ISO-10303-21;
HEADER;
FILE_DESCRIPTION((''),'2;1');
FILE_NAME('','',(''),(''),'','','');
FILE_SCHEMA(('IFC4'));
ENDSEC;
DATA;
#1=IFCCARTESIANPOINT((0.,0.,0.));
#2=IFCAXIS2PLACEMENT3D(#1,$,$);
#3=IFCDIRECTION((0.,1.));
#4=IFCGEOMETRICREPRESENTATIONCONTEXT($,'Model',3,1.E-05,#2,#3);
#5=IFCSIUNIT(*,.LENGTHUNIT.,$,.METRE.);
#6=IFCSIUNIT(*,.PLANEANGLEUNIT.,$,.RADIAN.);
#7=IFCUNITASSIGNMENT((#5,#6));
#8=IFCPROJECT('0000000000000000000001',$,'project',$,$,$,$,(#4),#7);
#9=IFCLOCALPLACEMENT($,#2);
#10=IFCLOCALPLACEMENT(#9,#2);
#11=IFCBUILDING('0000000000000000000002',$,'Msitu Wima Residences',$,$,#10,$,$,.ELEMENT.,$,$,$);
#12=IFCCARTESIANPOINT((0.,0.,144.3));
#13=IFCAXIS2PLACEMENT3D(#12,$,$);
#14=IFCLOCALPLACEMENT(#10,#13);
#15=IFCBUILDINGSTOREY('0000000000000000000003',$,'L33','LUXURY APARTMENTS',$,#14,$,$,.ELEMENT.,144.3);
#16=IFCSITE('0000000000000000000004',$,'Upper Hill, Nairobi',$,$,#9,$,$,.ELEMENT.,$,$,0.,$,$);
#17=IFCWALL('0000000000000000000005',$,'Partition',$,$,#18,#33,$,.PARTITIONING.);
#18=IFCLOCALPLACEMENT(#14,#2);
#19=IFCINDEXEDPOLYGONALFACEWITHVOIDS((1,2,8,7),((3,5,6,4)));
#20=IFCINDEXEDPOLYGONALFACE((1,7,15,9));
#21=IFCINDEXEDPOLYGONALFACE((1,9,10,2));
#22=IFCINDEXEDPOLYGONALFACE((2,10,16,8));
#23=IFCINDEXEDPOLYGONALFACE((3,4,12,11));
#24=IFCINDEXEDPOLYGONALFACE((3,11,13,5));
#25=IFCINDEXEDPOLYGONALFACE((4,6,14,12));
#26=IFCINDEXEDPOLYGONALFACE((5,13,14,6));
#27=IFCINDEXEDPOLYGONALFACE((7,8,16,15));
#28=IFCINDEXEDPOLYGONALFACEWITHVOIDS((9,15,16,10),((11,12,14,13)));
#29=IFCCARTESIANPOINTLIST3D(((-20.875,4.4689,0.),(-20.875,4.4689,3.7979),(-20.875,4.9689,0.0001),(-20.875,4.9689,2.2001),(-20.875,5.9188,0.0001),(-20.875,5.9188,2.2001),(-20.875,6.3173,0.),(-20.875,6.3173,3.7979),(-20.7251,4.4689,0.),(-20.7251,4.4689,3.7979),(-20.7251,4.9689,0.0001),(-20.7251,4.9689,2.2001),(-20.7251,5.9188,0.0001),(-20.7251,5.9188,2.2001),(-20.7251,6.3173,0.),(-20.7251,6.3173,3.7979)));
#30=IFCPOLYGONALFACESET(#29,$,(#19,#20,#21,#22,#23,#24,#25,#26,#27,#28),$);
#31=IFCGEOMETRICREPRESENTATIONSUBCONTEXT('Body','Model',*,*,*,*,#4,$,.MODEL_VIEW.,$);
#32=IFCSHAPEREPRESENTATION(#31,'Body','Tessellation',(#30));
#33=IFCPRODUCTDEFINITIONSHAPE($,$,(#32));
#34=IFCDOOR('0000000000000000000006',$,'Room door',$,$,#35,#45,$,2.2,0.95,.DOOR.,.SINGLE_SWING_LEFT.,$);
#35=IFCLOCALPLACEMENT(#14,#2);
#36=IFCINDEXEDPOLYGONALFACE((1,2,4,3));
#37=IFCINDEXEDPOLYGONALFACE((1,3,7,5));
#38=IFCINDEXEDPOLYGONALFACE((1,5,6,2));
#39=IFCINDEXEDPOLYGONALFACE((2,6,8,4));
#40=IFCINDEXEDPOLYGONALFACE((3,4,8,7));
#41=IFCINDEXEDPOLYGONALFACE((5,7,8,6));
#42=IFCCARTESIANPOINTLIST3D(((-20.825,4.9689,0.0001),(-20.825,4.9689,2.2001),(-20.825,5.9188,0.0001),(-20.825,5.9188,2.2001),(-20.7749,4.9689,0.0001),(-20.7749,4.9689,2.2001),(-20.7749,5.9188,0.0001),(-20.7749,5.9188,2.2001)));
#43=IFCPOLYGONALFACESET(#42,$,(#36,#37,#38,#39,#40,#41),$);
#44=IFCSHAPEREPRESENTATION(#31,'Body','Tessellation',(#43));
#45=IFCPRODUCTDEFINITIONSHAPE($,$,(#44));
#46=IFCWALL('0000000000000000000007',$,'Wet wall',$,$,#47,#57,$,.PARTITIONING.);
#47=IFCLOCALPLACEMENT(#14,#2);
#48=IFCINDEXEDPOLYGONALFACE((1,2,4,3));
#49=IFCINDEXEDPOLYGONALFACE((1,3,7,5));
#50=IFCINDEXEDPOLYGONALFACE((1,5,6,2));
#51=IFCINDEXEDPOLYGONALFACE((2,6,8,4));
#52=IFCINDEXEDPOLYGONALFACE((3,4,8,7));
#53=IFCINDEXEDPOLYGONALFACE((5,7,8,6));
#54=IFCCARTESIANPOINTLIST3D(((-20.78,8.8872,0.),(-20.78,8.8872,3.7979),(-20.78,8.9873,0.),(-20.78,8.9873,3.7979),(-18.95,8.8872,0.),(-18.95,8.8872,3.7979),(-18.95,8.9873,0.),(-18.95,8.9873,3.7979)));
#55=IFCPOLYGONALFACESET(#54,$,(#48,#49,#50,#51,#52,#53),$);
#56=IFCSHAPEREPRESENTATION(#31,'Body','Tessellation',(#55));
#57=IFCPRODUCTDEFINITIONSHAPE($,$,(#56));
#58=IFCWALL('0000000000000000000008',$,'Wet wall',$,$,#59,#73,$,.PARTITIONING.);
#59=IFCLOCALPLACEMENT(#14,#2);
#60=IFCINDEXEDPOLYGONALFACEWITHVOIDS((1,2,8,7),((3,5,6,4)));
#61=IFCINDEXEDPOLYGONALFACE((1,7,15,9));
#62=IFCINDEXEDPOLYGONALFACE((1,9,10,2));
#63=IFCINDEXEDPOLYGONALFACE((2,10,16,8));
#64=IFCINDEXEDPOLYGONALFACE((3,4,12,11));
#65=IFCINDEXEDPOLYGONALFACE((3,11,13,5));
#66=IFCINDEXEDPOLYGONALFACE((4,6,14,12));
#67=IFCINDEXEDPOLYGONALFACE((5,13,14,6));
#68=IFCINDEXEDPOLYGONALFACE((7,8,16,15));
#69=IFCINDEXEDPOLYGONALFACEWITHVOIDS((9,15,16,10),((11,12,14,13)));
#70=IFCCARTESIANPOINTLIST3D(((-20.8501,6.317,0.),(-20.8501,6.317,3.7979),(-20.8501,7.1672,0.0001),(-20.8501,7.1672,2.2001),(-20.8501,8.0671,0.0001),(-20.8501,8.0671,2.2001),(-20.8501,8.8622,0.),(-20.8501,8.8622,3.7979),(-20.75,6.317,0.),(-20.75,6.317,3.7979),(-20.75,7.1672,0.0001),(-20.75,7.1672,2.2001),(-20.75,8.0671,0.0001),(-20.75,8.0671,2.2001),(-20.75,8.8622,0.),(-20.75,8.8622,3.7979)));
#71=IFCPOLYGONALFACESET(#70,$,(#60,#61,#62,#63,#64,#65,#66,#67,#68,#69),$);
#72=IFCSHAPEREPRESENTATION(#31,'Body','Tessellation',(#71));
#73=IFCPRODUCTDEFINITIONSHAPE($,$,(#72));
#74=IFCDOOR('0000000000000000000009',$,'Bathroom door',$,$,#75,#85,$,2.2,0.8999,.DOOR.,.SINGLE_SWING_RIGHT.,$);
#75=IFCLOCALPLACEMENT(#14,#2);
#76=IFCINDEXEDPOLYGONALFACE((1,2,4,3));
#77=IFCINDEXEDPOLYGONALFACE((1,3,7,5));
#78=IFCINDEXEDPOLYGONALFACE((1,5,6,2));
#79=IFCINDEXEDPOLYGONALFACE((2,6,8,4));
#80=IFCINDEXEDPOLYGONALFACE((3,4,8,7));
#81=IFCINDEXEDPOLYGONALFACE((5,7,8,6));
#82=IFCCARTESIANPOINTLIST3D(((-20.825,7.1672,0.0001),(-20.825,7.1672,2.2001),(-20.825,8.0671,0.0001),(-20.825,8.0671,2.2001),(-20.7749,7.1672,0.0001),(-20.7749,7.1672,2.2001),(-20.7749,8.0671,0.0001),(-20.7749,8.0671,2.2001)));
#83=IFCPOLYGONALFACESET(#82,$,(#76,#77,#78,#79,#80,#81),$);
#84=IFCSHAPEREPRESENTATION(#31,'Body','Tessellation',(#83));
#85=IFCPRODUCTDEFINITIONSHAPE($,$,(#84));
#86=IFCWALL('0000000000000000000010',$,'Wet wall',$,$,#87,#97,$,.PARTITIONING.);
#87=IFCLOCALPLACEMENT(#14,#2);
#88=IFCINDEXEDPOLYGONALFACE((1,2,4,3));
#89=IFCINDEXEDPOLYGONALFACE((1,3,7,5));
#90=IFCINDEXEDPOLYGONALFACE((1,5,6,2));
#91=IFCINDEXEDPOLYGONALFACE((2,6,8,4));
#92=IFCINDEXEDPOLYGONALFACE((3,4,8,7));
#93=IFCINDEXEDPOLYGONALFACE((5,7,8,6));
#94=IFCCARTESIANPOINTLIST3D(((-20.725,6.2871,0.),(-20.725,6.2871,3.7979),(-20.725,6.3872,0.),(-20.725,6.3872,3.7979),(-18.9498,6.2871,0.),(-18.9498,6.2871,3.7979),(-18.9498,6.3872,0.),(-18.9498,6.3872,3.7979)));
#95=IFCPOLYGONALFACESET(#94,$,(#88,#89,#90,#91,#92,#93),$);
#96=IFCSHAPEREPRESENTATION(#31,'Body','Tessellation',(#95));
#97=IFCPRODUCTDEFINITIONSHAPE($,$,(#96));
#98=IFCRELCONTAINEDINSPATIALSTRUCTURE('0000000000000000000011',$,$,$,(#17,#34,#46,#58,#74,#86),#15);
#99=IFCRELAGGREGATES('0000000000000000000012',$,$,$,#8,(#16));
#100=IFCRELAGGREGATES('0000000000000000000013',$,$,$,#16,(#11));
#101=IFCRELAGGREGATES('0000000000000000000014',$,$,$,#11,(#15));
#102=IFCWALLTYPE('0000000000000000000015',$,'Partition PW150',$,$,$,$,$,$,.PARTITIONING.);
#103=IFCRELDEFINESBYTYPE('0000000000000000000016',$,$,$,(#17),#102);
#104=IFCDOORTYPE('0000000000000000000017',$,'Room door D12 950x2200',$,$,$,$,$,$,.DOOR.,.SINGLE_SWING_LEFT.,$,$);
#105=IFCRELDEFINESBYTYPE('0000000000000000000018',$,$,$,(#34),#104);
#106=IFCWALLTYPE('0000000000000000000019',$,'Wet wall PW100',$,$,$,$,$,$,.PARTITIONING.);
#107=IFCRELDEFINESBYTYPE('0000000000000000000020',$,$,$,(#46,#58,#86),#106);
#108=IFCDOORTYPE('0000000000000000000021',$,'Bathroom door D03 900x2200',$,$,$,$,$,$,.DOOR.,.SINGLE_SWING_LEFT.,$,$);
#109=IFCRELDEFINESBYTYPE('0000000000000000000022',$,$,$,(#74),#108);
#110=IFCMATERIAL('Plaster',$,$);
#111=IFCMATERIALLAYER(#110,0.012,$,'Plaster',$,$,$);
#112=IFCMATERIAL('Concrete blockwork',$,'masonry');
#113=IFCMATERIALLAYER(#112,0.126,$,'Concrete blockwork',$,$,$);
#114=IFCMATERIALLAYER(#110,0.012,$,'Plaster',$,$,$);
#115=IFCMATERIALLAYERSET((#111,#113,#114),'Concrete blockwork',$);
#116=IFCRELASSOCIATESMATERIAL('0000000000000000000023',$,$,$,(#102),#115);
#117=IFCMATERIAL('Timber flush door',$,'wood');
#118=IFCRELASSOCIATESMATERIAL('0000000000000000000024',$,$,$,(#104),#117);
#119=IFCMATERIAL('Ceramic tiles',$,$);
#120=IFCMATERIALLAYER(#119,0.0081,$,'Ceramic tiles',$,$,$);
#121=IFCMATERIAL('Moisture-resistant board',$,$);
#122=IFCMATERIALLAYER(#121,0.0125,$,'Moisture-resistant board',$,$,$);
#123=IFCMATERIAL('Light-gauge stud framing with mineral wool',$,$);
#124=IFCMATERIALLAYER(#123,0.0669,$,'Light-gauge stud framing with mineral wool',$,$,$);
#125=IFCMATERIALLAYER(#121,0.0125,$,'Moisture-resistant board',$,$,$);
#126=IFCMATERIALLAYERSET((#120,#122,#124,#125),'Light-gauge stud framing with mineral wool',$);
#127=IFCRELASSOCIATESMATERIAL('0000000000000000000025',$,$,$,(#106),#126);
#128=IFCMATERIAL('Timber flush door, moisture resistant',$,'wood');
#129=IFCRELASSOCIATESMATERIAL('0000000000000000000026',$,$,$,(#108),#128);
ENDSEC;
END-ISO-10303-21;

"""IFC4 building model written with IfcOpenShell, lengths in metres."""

from ifc_helpers import new_model, si_unit, direction, frame, frame_2d, origin, place, context, subcontext, project, spatial, rectangle, extrude, material, layer, layer_set, type_object, element, fill, save


model = new_model("IFC4")

# Units and contexts
model_context = context("Model", 3, precision=1e-05, world=origin(), true_north=direction((0.0, 1.0)))
body_context = subcontext(model_context, "Body", "Model", "MODEL_VIEW")
ifc_project = project(units=[si_unit("LENGTHUNIT", "METRE"), si_unit("PLANEANGLEUNIT", "RADIAN")], contexts=[model_context])

# Site, building, storey
site_placement = place(None, origin())
site = spatial("IfcSite", under=ifc_project, at=site_placement, Name="Upper Hill, Nairobi", CompositionType="ELEMENT", RefElevation=0.0)
building_placement = place(site_placement, origin())
building = spatial("IfcBuilding", under=site, at=building_placement, Name="Msitu Wima Residences", CompositionType="ELEMENT")
storey_placement = place(building_placement, frame((0.0, 0.0, 144.3)))
storey = spatial("IfcBuildingStorey", under=building, at=storey_placement, Name="L33", Description="LUXURY APARTMENTS", CompositionType="ELEMENT", Elevation=144.3)

# Shared definitions
ifc_material_1 = material(Name="Plaster")
ifc_layer_1 = layer(ifc_material_1, 0.012, Name="Plaster")
ifc_material_2 = material(Name="Concrete blockwork", Category="masonry")
ifc_layer_2 = layer(ifc_material_2, 0.126, Name="Concrete blockwork")
ifc_layer_3 = layer(ifc_material_1, 0.012, Name="Plaster")
ifc_layer_set_1 = layer_set([ifc_layer_1, ifc_layer_2, ifc_layer_3], Name="Concrete blockwork")
wall_type_1 = type_object("IfcWallType", Name="Partition PW150", PredefinedType="PARTITIONING", material=ifc_layer_set_1)

# Shared definitions
ifc_material_3 = material(Name="Timber flush door", Category="wood")
door_type_1 = type_object("IfcDoorType", Name="Room door D12 950x2200", OperationType="SINGLE_SWING_LEFT", PredefinedType="DOOR", material=ifc_material_3)

# Wall, opening, door
wall_1_placement = place(storey_placement, frame((-20.8, 4.4688, 0.0), z_axis=(0.0, 0.0, 1.0), x_axis=(0.0, 1.0, 0.0)))
wall_1 = element("IfcWall", 1, at=wall_1_placement, inside=storey, type_object=wall_type_1, Name="Partition", PredefinedType="PARTITIONING", context=body_context, shape_type="SweptSolid", body=[
    extrude(rectangle(XDim=1.8484, YDim=0.1499, at=frame_2d((0.9243, 0.0))), origin(), (0.0, 0.0, 1.0), 3.7979),
])
opening_1_placement = place(wall_1_placement, frame((0.5, 0.0, 0.0)))
opening_1 = element("IfcOpeningElement", 2, at=opening_1_placement, cuts=wall_1, PredefinedType="OPENING", context=body_context, shape_type="SweptSolid", body=[
    extrude(rectangle(XDim=0.95, YDim=2.2, at=frame_2d((0.4751, 1.1001))), frame((0.0, 0.085, 0.0), z_axis=(0.0, -1.0, 0.0), x_axis=(1.0, 0.0, 0.0)), (0.0, 0.0, 1.0), 0.1699),
])
door_1_placement = place(opening_1_placement, origin())
door_1 = element("IfcDoor", 3, at=door_1_placement, inside=storey, type_object=door_type_1, Name="Room door", OperationType="SINGLE_SWING_LEFT", OverallHeight=2.2, OverallWidth=0.95, PredefinedType="DOOR", context=body_context, shape_type="SweptSolid", body=[
    extrude(rectangle(XDim=0.95, YDim=2.2, at=frame_2d((0.4751, 1.1001))), frame((0.0, 0.0249, 0.0), z_axis=(0.0, -1.0, 0.0), x_axis=(1.0, 0.0, 0.0)), (0.0, 0.0, 1.0), 0.05),
])
fill(opening_1, door_1)

# Wall
ifc_material_4 = material(Name="Ceramic tiles")
ifc_layer_4 = layer(ifc_material_4, 0.0081, Name="Ceramic tiles")
ifc_material_5 = material(Name="Moisture-resistant board")
ifc_layer_5 = layer(ifc_material_5, 0.0125, Name="Moisture-resistant board")
ifc_material_6 = material(Name="Light-gauge stud framing with mineral wool")
ifc_layer_6 = layer(ifc_material_6, 0.0669, Name="Light-gauge stud framing with mineral wool")
ifc_layer_7 = layer(ifc_material_5, 0.0125, Name="Moisture-resistant board")
ifc_layer_set_2 = layer_set([ifc_layer_4, ifc_layer_5, ifc_layer_6, ifc_layer_7], Name="Light-gauge stud framing with mineral wool")
wall_type_2 = type_object("IfcWallType", Name="Wet wall PW100", PredefinedType="PARTITIONING", material=ifc_layer_set_2)
wall_2_placement = place(storey_placement, frame((-20.78, 8.9373, 0.0), z_axis=(0.0, 0.0, 1.0), x_axis=(1.0, 0.0, 0.0)))
element("IfcWall", 4, at=wall_2_placement, inside=storey, type_object=wall_type_2, Name="Wet wall", PredefinedType="PARTITIONING", context=body_context, shape_type="SweptSolid", body=[
    extrude(rectangle(XDim=1.8301, YDim=0.1001, at=frame_2d((0.915, 0.0))), origin(), (0.0, 0.0, 1.0), 3.7979),
])

# Wall, opening, door
wall_3_placement = place(storey_placement, frame((-20.8, 6.3171, 0.0), z_axis=(0.0, 0.0, 1.0), x_axis=(0.0, 1.0, 0.0)))
wall_3 = element("IfcWall", 5, at=wall_3_placement, inside=storey, type_object=wall_type_2, Name="Wet wall", PredefinedType="PARTITIONING", context=body_context, shape_type="SweptSolid", body=[
    extrude(rectangle(XDim=2.5452, YDim=0.1001, at=frame_2d((1.2725, 0.0))), origin(), (0.0, 0.0, 1.0), 3.7979),
])
opening_2_placement = place(wall_3_placement, frame((0.8501, 0.0, 0.0)))
opening_2 = element("IfcOpeningElement", 6, at=opening_2_placement, cuts=wall_3, PredefinedType="OPENING", context=body_context, shape_type="SweptSolid", body=[
    extrude(rectangle(XDim=0.8999, YDim=2.2, at=frame_2d((0.45, 1.1001))), frame((0.0, 0.0601, 0.0), z_axis=(0.0, -1.0, 0.0), x_axis=(1.0, 0.0, 0.0)), (0.0, 0.0, 1.0), 0.1201),
])
ifc_material_7 = material(Name="Timber flush door, moisture resistant", Category="wood")
door_type_2 = type_object("IfcDoorType", Name="Bathroom door D03 900x2200", OperationType="SINGLE_SWING_LEFT", PredefinedType="DOOR", material=ifc_material_7)
door_2_placement = place(opening_2_placement, origin())
door_2 = element("IfcDoor", 7, at=door_2_placement, inside=storey, type_object=door_type_2, Name="Bathroom door", OperationType="SINGLE_SWING_RIGHT", OverallHeight=2.2, OverallWidth=0.8999, PredefinedType="DOOR", context=body_context, shape_type="SweptSolid", body=[
    extrude(rectangle(XDim=0.8999, YDim=2.2, at=frame_2d((0.45, 1.1001))), frame((0.0, 0.0249, 0.0), z_axis=(0.0, -1.0, 0.0), x_axis=(1.0, 0.0, 0.0)), (0.0, 0.0, 1.0), 0.05),
])
fill(opening_2, door_2)

# Wall
wall_4_placement = place(storey_placement, frame((-20.7251, 6.3372, 0.0), z_axis=(0.0, 0.0, 1.0), x_axis=(1.0, 0.0, 0.0)))
element("IfcWall", 8, at=wall_4_placement, inside=storey, type_object=wall_type_2, Name="Wet wall", PredefinedType="PARTITIONING", context=body_context, shape_type="SweptSolid", body=[
    extrude(rectangle(XDim=1.7751, YDim=0.1001, at=frame_2d((0.8877, 0.0))), origin(), (0.0, 0.0, 1.0), 3.7979),
])

save(model, "model.ifc")
